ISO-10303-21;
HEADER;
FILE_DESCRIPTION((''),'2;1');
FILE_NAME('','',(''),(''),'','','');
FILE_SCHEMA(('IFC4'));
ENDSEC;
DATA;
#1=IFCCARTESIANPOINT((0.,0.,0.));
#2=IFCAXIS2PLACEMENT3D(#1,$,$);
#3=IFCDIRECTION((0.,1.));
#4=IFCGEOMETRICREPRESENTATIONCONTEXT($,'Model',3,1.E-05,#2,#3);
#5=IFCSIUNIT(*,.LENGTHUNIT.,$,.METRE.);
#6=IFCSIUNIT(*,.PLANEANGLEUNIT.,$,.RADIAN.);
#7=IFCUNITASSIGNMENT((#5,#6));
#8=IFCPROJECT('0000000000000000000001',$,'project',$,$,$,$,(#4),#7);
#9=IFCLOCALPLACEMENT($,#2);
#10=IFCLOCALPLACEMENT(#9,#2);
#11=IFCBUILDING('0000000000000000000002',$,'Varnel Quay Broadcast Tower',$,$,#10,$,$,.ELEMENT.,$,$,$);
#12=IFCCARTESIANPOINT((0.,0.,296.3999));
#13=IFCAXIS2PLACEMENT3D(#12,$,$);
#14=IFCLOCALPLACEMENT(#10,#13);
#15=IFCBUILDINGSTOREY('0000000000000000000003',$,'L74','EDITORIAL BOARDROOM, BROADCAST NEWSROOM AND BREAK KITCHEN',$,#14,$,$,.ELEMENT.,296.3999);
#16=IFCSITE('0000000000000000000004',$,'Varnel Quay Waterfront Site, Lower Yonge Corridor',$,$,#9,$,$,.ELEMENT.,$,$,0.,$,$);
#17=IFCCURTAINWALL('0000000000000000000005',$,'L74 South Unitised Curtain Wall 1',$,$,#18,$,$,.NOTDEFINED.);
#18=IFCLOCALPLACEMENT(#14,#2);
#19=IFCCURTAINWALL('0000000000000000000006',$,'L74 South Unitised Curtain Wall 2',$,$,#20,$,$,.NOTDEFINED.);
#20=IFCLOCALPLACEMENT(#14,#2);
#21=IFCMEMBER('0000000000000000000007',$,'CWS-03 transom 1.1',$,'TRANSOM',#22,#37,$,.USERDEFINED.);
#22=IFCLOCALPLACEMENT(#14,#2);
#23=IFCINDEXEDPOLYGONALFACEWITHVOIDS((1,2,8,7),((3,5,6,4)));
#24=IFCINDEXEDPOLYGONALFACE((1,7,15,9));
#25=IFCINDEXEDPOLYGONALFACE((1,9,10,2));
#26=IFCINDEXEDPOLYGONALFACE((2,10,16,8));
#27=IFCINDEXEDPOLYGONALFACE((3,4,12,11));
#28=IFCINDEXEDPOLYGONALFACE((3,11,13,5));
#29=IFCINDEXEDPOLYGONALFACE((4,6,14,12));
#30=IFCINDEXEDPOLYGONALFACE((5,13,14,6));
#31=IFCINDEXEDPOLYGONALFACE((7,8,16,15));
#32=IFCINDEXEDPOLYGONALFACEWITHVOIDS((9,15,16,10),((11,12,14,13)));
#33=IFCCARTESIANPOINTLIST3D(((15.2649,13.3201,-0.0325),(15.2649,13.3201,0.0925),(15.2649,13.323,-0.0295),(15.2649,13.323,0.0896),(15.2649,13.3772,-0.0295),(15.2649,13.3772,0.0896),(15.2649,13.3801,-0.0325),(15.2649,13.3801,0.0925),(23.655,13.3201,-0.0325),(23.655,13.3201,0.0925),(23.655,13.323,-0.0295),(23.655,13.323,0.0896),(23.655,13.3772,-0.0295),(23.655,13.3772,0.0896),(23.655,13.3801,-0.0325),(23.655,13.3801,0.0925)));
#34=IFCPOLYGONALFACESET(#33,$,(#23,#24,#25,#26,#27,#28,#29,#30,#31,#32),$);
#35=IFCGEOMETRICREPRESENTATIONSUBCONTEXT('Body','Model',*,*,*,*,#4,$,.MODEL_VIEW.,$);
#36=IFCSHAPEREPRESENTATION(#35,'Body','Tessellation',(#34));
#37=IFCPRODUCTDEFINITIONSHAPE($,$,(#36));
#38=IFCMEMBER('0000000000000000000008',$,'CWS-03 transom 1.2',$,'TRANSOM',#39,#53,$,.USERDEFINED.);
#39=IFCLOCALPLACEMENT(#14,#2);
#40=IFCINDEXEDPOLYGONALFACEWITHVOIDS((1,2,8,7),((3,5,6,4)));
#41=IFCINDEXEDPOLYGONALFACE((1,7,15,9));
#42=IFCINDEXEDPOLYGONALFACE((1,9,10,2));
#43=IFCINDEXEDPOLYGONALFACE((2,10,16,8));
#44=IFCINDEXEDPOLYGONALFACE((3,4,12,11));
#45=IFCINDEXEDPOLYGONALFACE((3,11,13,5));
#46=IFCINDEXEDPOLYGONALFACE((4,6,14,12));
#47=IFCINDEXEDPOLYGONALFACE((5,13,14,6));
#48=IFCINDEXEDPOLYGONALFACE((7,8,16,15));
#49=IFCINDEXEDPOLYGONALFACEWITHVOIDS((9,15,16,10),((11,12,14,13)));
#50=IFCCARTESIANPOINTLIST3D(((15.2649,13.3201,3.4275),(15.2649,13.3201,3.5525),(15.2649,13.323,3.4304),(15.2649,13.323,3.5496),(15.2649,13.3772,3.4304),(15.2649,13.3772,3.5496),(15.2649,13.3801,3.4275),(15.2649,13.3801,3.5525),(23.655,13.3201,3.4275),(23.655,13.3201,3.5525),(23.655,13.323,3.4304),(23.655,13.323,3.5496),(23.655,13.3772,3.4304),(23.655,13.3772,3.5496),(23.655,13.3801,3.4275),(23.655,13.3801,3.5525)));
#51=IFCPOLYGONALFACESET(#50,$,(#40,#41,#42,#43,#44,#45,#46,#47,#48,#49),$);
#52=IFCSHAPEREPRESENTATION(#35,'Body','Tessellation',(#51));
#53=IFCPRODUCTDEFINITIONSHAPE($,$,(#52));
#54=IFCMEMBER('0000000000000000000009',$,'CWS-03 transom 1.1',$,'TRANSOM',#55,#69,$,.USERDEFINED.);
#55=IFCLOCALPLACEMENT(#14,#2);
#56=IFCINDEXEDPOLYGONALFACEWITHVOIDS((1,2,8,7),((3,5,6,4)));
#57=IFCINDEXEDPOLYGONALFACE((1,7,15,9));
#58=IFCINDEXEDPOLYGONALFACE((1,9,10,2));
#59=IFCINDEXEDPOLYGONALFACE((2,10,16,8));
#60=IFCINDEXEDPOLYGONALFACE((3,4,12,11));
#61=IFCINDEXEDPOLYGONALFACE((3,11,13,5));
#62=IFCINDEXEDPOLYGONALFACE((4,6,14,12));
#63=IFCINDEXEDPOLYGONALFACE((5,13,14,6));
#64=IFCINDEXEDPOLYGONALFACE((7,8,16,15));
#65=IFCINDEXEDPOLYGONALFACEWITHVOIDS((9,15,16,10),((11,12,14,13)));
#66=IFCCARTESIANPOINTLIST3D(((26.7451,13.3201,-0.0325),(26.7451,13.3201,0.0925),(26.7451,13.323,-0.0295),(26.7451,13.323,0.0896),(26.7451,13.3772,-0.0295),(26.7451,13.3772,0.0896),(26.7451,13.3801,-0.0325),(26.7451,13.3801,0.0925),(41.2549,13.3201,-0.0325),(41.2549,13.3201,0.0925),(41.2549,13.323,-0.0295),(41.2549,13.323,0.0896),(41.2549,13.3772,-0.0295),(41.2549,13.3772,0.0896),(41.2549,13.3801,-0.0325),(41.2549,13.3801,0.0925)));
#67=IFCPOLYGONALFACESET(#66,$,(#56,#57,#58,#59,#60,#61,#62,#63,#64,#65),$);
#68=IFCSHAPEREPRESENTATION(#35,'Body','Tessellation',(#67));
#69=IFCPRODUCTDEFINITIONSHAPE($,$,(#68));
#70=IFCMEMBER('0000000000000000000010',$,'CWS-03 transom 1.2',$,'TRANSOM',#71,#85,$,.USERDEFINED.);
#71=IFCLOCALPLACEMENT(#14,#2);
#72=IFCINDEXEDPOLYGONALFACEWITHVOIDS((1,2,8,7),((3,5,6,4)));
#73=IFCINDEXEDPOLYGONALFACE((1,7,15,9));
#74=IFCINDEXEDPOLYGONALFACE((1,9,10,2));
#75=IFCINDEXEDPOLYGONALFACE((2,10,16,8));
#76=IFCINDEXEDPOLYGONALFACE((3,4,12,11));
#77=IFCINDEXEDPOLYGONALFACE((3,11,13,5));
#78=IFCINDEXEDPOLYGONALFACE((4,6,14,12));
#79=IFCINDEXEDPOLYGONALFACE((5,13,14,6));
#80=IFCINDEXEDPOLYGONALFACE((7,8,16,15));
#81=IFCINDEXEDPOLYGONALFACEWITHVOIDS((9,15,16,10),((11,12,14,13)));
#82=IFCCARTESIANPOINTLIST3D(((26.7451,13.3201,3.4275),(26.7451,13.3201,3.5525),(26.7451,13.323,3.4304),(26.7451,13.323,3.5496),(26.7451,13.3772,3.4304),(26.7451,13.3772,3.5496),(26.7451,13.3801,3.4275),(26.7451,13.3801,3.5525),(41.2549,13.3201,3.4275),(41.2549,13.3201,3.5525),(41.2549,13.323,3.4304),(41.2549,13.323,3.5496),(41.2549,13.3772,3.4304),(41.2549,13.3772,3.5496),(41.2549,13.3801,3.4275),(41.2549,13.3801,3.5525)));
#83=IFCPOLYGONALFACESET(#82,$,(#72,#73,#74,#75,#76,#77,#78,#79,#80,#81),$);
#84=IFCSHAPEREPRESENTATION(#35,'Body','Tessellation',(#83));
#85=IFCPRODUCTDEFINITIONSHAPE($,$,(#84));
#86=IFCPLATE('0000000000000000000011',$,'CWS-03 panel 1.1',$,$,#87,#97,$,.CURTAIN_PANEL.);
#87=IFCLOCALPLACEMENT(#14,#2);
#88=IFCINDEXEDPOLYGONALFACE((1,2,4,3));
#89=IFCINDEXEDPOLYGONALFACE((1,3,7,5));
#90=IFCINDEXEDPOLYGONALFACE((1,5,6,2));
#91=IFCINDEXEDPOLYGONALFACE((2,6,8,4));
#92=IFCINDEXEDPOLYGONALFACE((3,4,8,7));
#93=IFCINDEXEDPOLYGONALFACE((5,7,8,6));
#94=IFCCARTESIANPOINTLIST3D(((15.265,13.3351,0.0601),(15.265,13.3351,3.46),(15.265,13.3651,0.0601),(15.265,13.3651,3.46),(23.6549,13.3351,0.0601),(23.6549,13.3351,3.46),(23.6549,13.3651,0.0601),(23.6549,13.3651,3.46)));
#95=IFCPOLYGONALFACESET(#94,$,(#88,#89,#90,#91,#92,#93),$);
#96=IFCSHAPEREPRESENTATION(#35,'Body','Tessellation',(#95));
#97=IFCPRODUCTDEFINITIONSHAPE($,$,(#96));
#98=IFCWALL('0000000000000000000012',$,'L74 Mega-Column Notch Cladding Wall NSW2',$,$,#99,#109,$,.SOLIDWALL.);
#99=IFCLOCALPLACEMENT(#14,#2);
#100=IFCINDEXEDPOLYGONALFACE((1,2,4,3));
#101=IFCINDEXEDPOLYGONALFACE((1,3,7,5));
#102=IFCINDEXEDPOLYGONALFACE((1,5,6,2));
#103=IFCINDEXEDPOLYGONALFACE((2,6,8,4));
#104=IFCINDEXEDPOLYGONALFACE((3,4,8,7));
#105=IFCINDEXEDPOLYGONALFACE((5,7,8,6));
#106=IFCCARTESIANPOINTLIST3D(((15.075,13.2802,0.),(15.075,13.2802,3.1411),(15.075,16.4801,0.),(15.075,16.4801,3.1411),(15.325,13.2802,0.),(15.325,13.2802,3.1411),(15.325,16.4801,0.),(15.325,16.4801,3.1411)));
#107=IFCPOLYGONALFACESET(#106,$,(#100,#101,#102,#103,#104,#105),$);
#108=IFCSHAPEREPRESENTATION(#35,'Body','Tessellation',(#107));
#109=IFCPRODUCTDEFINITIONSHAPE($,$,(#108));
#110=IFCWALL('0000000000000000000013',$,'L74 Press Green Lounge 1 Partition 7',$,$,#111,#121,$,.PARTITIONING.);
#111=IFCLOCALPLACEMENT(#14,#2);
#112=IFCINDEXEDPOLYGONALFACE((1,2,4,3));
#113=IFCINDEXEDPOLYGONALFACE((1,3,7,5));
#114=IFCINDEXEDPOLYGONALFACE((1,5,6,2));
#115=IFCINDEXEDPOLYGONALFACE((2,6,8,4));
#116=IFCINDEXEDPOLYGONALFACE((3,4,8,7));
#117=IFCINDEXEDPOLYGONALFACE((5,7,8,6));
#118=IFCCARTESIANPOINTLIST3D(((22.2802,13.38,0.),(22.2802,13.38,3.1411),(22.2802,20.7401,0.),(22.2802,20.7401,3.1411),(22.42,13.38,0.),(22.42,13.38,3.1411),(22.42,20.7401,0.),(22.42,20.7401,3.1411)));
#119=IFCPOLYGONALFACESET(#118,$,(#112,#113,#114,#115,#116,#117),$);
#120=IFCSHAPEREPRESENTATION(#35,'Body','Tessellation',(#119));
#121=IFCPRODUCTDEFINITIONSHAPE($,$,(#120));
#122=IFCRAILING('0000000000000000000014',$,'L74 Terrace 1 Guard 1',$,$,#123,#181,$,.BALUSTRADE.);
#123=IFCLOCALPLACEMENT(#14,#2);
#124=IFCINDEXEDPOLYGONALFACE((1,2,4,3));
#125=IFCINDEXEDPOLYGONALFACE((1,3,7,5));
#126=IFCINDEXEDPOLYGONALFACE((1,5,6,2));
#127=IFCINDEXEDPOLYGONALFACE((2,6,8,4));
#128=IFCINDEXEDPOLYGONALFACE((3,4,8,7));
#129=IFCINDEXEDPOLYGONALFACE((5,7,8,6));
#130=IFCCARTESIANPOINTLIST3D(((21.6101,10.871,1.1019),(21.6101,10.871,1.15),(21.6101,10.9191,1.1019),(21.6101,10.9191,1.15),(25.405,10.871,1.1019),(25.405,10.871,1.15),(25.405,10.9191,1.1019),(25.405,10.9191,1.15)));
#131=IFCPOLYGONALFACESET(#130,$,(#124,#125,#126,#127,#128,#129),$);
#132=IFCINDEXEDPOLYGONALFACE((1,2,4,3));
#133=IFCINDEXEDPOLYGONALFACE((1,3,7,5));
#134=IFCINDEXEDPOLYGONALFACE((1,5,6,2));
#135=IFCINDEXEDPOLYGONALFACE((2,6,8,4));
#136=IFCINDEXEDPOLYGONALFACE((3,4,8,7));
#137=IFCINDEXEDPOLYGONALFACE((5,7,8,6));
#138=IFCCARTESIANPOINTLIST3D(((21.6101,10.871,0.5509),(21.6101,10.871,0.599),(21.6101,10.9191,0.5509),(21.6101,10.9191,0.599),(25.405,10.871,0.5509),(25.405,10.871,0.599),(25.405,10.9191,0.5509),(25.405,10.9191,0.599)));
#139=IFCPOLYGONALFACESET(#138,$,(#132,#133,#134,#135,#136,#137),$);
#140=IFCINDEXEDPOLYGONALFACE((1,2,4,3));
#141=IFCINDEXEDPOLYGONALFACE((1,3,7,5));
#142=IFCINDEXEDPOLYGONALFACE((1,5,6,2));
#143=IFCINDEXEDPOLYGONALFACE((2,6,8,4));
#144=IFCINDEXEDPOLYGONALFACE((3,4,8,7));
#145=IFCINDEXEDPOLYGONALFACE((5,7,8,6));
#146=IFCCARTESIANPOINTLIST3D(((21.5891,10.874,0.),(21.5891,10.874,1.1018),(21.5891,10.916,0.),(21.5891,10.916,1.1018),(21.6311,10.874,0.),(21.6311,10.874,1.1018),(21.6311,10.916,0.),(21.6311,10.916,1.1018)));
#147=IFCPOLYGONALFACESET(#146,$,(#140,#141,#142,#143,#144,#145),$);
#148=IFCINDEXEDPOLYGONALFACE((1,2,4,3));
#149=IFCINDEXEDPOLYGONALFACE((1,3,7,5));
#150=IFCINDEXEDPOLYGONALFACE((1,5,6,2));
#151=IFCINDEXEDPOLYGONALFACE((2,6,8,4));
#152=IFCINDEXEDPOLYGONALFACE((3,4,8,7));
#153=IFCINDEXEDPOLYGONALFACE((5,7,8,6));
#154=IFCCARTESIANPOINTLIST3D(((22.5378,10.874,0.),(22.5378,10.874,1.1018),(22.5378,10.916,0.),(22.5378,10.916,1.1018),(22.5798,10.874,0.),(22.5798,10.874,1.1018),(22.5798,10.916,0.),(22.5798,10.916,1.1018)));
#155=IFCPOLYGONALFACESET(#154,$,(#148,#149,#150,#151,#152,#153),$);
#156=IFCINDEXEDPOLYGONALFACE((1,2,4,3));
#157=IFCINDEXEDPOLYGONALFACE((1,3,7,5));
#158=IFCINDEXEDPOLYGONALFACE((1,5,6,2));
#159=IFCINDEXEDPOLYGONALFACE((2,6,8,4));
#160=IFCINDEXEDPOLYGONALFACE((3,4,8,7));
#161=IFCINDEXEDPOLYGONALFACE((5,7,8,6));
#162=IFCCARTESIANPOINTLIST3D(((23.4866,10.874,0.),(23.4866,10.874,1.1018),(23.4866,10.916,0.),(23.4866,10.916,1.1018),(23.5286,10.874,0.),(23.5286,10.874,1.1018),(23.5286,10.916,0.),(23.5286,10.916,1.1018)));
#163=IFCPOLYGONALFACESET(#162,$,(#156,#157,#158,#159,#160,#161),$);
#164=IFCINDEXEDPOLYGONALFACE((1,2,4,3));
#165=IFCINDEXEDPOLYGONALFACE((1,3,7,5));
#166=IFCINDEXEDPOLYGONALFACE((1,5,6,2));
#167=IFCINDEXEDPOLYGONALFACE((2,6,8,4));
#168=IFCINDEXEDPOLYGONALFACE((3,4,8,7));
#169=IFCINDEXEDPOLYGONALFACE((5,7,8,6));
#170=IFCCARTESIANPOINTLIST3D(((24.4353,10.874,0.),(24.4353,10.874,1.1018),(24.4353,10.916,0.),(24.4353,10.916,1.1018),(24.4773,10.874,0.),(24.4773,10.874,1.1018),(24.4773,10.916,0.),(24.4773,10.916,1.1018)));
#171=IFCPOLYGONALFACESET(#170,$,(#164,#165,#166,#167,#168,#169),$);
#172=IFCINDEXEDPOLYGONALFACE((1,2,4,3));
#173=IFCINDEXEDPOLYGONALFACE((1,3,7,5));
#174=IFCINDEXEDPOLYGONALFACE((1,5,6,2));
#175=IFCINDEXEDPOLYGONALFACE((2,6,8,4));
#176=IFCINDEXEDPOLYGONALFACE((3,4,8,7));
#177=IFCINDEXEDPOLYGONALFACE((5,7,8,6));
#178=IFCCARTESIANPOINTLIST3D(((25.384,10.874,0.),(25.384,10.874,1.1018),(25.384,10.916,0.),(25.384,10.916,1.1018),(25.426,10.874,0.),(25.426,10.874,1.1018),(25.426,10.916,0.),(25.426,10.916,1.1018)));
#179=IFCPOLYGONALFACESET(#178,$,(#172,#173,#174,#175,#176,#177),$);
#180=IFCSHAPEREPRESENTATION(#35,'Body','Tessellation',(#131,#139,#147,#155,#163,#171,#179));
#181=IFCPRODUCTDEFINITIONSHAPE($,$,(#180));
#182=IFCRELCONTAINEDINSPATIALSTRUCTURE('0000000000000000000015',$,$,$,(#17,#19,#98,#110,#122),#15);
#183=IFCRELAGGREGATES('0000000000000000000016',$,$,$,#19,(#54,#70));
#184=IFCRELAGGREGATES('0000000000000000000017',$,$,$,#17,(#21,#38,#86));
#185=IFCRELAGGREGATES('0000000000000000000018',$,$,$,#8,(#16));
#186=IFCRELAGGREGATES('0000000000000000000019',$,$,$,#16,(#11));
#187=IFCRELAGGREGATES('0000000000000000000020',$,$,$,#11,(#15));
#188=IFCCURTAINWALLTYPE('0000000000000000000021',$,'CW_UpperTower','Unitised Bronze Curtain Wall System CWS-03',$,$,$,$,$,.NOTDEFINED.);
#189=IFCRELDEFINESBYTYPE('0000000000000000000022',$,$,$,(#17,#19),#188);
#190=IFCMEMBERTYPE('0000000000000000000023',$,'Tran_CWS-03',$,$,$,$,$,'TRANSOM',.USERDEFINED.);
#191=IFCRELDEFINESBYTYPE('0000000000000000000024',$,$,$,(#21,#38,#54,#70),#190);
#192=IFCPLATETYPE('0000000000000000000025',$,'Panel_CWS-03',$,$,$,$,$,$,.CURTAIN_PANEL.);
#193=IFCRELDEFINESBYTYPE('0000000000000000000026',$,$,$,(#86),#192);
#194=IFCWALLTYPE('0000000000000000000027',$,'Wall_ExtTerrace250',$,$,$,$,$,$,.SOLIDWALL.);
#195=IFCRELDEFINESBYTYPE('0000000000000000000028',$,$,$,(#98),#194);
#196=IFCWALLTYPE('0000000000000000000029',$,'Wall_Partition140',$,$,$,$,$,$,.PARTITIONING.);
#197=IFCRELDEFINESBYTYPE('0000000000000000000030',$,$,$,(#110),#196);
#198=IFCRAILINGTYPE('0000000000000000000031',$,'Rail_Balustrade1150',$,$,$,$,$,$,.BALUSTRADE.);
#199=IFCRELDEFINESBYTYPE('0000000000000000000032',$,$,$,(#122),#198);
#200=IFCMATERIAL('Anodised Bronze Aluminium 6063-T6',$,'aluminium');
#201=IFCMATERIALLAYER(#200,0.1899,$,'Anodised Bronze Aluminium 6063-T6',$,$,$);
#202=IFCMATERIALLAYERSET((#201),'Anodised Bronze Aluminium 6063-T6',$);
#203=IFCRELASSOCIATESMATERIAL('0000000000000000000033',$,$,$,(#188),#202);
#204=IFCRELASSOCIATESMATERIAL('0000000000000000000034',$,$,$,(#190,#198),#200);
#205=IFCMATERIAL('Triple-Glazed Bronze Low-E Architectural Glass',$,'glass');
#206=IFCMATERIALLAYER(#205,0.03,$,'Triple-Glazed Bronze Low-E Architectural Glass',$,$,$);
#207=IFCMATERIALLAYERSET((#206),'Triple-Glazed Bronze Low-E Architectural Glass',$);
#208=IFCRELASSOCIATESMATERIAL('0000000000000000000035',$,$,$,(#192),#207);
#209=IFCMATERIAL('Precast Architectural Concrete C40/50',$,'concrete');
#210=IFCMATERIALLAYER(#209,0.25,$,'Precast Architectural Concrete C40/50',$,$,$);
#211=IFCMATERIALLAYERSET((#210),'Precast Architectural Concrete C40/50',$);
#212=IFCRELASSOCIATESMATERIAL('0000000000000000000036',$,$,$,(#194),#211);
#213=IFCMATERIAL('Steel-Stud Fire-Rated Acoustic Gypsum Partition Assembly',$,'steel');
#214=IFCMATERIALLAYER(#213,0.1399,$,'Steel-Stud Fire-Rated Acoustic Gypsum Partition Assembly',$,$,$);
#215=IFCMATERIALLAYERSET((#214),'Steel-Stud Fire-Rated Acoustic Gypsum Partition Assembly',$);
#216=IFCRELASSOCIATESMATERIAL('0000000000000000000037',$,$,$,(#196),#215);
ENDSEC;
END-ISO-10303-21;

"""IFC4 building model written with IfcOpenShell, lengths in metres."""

from ifc_helpers import new_model, si_unit, direction, frame, frame_2d, origin, origin_2d, place, context, subcontext, project, spatial, rectangle, hollow_rectangle, extrude, source, transform, mapped, material, layer, layer_set, material_profile, profile_set, type_object, type_shapes, element, aggregate, save


model = new_model("IFC4")

# Units and contexts
model_context = context("Model", 3, precision=1e-05, world=origin(), true_north=direction((0.0, 1.0)))
body_context = subcontext(model_context, "Body", "Model", "MODEL_VIEW")
ifc_project = project(units=[si_unit("LENGTHUNIT", "METRE"), si_unit("PLANEANGLEUNIT", "RADIAN")], contexts=[model_context])

# Site, building, storey
site_placement = place(None, origin())
site = spatial("IfcSite", under=ifc_project, at=site_placement, Name="Varnel Quay Waterfront Site, Lower Yonge Corridor", CompositionType="ELEMENT", RefElevation=0.0)
building_placement = place(site_placement, origin())
building = spatial("IfcBuilding", under=site, at=building_placement, Name="Varnel Quay Broadcast Tower", CompositionType="ELEMENT")
storey_placement = place(building_placement, frame((0.0, 0.0, 296.3999)))
storey = spatial("IfcBuildingStorey", under=building, at=storey_placement, Name="L74", Description="EDITORIAL BOARDROOM, BROADCAST NEWSROOM AND BREAK KITCHEN", CompositionType="ELEMENT", Elevation=296.3999)

# Shared definitions
ifc_material_1 = material(Name="Anodised Bronze Aluminium 6063-T6", Category="aluminium")

# Curtain wall
ifc_layer_1 = layer(ifc_material_1, 0.1899, Name="Anodised Bronze Aluminium 6063-T6")
ifc_layer_set_1 = layer_set([ifc_layer_1], Name="Anodised Bronze Aluminium 6063-T6")
curtain_wall_type_1 = type_object("IfcCurtainWallType", Name="CW_UpperTower", Description="Unitised Bronze Curtain Wall System CWS-03", PredefinedType="NOTDEFINED", material=ifc_layer_set_1)
curtain_wall_1_placement = place(storey_placement, origin())
curtain_wall_1 = element("IfcCurtainWall", 1, at=curtain_wall_1_placement, inside=storey, type_object=curtain_wall_type_1, Name="L74 South Unitised Curtain Wall 1", PredefinedType="NOTDEFINED")

# Curtain wall
curtain_wall_2_placement = place(storey_placement, origin())
curtain_wall_2 = element("IfcCurtainWall", 2, at=curtain_wall_2_placement, inside=storey, type_object=curtain_wall_type_1, Name="L74 South Unitised Curtain Wall 2", PredefinedType="NOTDEFINED")

# Members
ifc_material_profile_1 = material_profile(ifc_material_1, hollow_rectangle(XDim=0.0601, YDim=0.125, WallThickness=0.0029, at=origin_2d()), Name="ALU60X125X3")
ifc_profile_set_1 = profile_set([ifc_material_profile_1], Name="Anodised Bronze Aluminium 6063-T6")
member_type_1 = type_object("IfcMemberType", Name="Tran_CWS-03", ElementType="TRANSOM", PredefinedType="USERDEFINED", material=ifc_profile_set_1)
shared_shape_1 = source(origin(), body_context, "Body", "SweptSolid", [
    extrude(hollow_rectangle(XDim=0.0601, YDim=0.125, WallThickness=0.0029, at=origin_2d()), origin(), (0.0, 0.0, 1.0), 8.3901),
])
member_1_placement = place(storey_placement, frame((15.2649, 13.3501, 0.03), z_axis=(1.0, 0.0, 0.0), x_axis=(0.0, 1.0, 0.0)))
member_1 = element("IfcMember", 3, at=member_1_placement, type_object=member_type_1, Name="CWS-03 transom 1.1", ObjectType="TRANSOM", PredefinedType="USERDEFINED", context=body_context, shape_type="MappedRepresentation", body=[
    mapped(shared_shape_1, transform((0.0, 0.0, 0.0), x_axis=(1.0, 0.0, 0.0), y_axis=(0.0, 1.0, 0.0), z_axis=(0.0, 0.0, 1.0), scale=1.0)),
])
member_2_placement = place(storey_placement, frame((15.2649, 13.3501, 3.49), z_axis=(1.0, 0.0, 0.0), x_axis=(0.0, 1.0, 0.0)))
member_2 = element("IfcMember", 4, at=member_2_placement, type_object=member_type_1, Name="CWS-03 transom 1.2", ObjectType="TRANSOM", PredefinedType="USERDEFINED", context=body_context, shape_type="MappedRepresentation", body=[
    mapped(shared_shape_1, transform((0.0, 0.0, 0.0), x_axis=(1.0, 0.0, 0.0), y_axis=(0.0, 1.0, 0.0), z_axis=(0.0, 0.0, 1.0), scale=1.0)),
])
shared_shape_2 = source(origin(), body_context, "Body", "SweptSolid", [
    extrude(hollow_rectangle(XDim=0.0601, YDim=0.125, WallThickness=0.0029, at=origin_2d()), origin(), (0.0, 0.0, 1.0), 14.5098),
])
type_shapes(member_type_1, [shared_shape_1, shared_shape_2])
member_3_placement = place(storey_placement, frame((26.7451, 13.3501, 0.03), z_axis=(1.0, 0.0, 0.0), x_axis=(0.0, 1.0, 0.0)))
member_3 = element("IfcMember", 5, at=member_3_placement, type_object=member_type_1, Name="CWS-03 transom 1.1", ObjectType="TRANSOM", PredefinedType="USERDEFINED", context=body_context, shape_type="MappedRepresentation", body=[
    mapped(shared_shape_2, transform((0.0, 0.0, 0.0), x_axis=(1.0, 0.0, 0.0), y_axis=(0.0, 1.0, 0.0), z_axis=(0.0, 0.0, 1.0), scale=1.0)),
])
member_4_placement = place(storey_placement, frame((26.7451, 13.3501, 3.49), z_axis=(1.0, 0.0, 0.0), x_axis=(0.0, 1.0, 0.0)))
member_4 = element("IfcMember", 6, at=member_4_placement, type_object=member_type_1, Name="CWS-03 transom 1.2", ObjectType="TRANSOM", PredefinedType="USERDEFINED", context=body_context, shape_type="MappedRepresentation", body=[
    mapped(shared_shape_2, transform((0.0, 0.0, 0.0), x_axis=(1.0, 0.0, 0.0), y_axis=(0.0, 1.0, 0.0), z_axis=(0.0, 0.0, 1.0), scale=1.0)),
])
aggregate(curtain_wall_2, [member_3, member_4])

# Plate
ifc_material_2 = material(Name="Triple-Glazed Bronze Low-E Architectural Glass", Category="glass")
ifc_layer_2 = layer(ifc_material_2, 0.03, Name="Triple-Glazed Bronze Low-E Architectural Glass")
ifc_layer_set_2 = layer_set([ifc_layer_2], Name="Triple-Glazed Bronze Low-E Architectural Glass")
plate_type = type_object("IfcPlateType", Name="Panel_CWS-03", PredefinedType="CURTAIN_PANEL", material=ifc_layer_set_2)
shared_shape_3 = source(origin(), body_context, "Body", "SweptSolid", [
    extrude(rectangle(XDim=8.3899, YDim=0.03, at=origin_2d()), origin(), (0.0, 0.0, 1.0), 3.3999),
])
type_shapes(plate_type, [shared_shape_3])
plate_placement = place(storey_placement, frame((19.46, 13.3501, 0.0601), z_axis=(0.0, 0.0, 1.0), x_axis=(1.0, 0.0, 0.0)))
plate = element("IfcPlate", 7, at=plate_placement, type_object=plate_type, Name="CWS-03 panel 1.1", PredefinedType="CURTAIN_PANEL", context=body_context, shape_type="MappedRepresentation", body=[
    mapped(shared_shape_3, transform((0.0, 0.0, 0.0), x_axis=(1.0, 0.0, 0.0), y_axis=(0.0, 1.0, 0.0), z_axis=(0.0, 0.0, 1.0), scale=1.0)),
])
aggregate(curtain_wall_1, [member_1, member_2, plate])

# Shared definitions
ifc_material_3 = material(Name="Precast Architectural Concrete C40/50", Category="concrete")
ifc_layer_3 = layer(ifc_material_3, 0.25, Name="Precast Architectural Concrete C40/50")
ifc_layer_set_3 = layer_set([ifc_layer_3], Name="Precast Architectural Concrete C40/50")
wall_type_1 = type_object("IfcWallType", Name="Wall_ExtTerrace250", PredefinedType="SOLIDWALL", material=ifc_layer_set_3)

# Walls
wall_1_placement = place(storey_placement, frame((15.2, 13.28, 0.0), z_axis=(0.0, 0.0, 1.0), x_axis=(0.0, 1.0, 0.0)))
element("IfcWall", 8, at=wall_1_placement, inside=storey, type_object=wall_type_1, Name="L74 Mega-Column Notch Cladding Wall NSW2", PredefinedType="SOLIDWALL", context=body_context, shape_type="SweptSolid", body=[
    extrude(rectangle(XDim=3.2, YDim=0.25, at=frame_2d((1.6001, 0.0))), origin(), (0.0, 0.0, 1.0), 3.1411),
])
ifc_material_4 = material(Name="Steel-Stud Fire-Rated Acoustic Gypsum Partition Assembly", Category="steel")
ifc_layer_4 = layer(ifc_material_4, 0.1399, Name="Steel-Stud Fire-Rated Acoustic Gypsum Partition Assembly")
ifc_layer_set_4 = layer_set([ifc_layer_4], Name="Steel-Stud Fire-Rated Acoustic Gypsum Partition Assembly")
wall_type_2 = type_object("IfcWallType", Name="Wall_Partition140", PredefinedType="PARTITIONING", material=ifc_layer_set_4)
wall_2_placement = place(storey_placement, frame((22.3501, 13.3799, 0.0), z_axis=(0.0, 0.0, 1.0), x_axis=(0.0, 1.0, 0.0)))
element("IfcWall", 9, at=wall_2_placement, inside=storey, type_object=wall_type_2, Name="L74 Press Green Lounge 1 Partition 7", PredefinedType="PARTITIONING", context=body_context, shape_type="SweptSolid", body=[
    extrude(rectangle(XDim=7.3601, YDim=0.1399, at=frame_2d((3.6802, 0.0))), origin(), (0.0, 0.0, 1.0), 3.1411),
])

# Railing
railing_type = type_object("IfcRailingType", Name="Rail_Balustrade1150", PredefinedType="BALUSTRADE", material=ifc_material_1)
railing_1_placement = place(storey_placement, frame((21.6101, 10.895, 0.0)))
element("IfcRailing", 10, at=railing_1_placement, inside=storey, type_object=railing_type, Name="L74 Terrace 1 Guard 1", PredefinedType="BALUSTRADE", context=body_context, shape_type="SweptSolid", body=[
    extrude(rectangle(XDim=0.0481, YDim=0.0481, at=origin_2d()), frame((0.0, 0.0, 1.126), z_axis=(1.0, 0.0, 0.0), x_axis=(0.0, 1.0, 0.0)), (0.0, 0.0, 1.0), 3.7949),
    extrude(rectangle(XDim=0.0481, YDim=0.0481, at=origin_2d()), frame((0.0, 0.0, 0.575), z_axis=(1.0, 0.0, 0.0), x_axis=(0.0, 1.0, 0.0)), (0.0, 0.0, 1.0), 3.7949),
    extrude(rectangle(XDim=0.042, YDim=0.042, at=origin_2d()), origin(), (0.0, 0.0, 1.0), 1.1018),
    extrude(rectangle(XDim=0.042, YDim=0.042, at=origin_2d()), frame((0.9487, 0.0, 0.0)), (0.0, 0.0, 1.0), 1.1018),
    extrude(rectangle(XDim=0.042, YDim=0.042, at=origin_2d()), frame((1.8975, 0.0, 0.0)), (0.0, 0.0, 1.0), 1.1018),
    extrude(rectangle(XDim=0.042, YDim=0.042, at=origin_2d()), frame((2.8462, 0.0, 0.0)), (0.0, 0.0, 1.0), 1.1018),
    extrude(rectangle(XDim=0.042, YDim=0.042, at=origin_2d()), frame((3.7949, 0.0, 0.0)), (0.0, 0.0, 1.0), 1.1018),
])

save(model, "model.ifc")
